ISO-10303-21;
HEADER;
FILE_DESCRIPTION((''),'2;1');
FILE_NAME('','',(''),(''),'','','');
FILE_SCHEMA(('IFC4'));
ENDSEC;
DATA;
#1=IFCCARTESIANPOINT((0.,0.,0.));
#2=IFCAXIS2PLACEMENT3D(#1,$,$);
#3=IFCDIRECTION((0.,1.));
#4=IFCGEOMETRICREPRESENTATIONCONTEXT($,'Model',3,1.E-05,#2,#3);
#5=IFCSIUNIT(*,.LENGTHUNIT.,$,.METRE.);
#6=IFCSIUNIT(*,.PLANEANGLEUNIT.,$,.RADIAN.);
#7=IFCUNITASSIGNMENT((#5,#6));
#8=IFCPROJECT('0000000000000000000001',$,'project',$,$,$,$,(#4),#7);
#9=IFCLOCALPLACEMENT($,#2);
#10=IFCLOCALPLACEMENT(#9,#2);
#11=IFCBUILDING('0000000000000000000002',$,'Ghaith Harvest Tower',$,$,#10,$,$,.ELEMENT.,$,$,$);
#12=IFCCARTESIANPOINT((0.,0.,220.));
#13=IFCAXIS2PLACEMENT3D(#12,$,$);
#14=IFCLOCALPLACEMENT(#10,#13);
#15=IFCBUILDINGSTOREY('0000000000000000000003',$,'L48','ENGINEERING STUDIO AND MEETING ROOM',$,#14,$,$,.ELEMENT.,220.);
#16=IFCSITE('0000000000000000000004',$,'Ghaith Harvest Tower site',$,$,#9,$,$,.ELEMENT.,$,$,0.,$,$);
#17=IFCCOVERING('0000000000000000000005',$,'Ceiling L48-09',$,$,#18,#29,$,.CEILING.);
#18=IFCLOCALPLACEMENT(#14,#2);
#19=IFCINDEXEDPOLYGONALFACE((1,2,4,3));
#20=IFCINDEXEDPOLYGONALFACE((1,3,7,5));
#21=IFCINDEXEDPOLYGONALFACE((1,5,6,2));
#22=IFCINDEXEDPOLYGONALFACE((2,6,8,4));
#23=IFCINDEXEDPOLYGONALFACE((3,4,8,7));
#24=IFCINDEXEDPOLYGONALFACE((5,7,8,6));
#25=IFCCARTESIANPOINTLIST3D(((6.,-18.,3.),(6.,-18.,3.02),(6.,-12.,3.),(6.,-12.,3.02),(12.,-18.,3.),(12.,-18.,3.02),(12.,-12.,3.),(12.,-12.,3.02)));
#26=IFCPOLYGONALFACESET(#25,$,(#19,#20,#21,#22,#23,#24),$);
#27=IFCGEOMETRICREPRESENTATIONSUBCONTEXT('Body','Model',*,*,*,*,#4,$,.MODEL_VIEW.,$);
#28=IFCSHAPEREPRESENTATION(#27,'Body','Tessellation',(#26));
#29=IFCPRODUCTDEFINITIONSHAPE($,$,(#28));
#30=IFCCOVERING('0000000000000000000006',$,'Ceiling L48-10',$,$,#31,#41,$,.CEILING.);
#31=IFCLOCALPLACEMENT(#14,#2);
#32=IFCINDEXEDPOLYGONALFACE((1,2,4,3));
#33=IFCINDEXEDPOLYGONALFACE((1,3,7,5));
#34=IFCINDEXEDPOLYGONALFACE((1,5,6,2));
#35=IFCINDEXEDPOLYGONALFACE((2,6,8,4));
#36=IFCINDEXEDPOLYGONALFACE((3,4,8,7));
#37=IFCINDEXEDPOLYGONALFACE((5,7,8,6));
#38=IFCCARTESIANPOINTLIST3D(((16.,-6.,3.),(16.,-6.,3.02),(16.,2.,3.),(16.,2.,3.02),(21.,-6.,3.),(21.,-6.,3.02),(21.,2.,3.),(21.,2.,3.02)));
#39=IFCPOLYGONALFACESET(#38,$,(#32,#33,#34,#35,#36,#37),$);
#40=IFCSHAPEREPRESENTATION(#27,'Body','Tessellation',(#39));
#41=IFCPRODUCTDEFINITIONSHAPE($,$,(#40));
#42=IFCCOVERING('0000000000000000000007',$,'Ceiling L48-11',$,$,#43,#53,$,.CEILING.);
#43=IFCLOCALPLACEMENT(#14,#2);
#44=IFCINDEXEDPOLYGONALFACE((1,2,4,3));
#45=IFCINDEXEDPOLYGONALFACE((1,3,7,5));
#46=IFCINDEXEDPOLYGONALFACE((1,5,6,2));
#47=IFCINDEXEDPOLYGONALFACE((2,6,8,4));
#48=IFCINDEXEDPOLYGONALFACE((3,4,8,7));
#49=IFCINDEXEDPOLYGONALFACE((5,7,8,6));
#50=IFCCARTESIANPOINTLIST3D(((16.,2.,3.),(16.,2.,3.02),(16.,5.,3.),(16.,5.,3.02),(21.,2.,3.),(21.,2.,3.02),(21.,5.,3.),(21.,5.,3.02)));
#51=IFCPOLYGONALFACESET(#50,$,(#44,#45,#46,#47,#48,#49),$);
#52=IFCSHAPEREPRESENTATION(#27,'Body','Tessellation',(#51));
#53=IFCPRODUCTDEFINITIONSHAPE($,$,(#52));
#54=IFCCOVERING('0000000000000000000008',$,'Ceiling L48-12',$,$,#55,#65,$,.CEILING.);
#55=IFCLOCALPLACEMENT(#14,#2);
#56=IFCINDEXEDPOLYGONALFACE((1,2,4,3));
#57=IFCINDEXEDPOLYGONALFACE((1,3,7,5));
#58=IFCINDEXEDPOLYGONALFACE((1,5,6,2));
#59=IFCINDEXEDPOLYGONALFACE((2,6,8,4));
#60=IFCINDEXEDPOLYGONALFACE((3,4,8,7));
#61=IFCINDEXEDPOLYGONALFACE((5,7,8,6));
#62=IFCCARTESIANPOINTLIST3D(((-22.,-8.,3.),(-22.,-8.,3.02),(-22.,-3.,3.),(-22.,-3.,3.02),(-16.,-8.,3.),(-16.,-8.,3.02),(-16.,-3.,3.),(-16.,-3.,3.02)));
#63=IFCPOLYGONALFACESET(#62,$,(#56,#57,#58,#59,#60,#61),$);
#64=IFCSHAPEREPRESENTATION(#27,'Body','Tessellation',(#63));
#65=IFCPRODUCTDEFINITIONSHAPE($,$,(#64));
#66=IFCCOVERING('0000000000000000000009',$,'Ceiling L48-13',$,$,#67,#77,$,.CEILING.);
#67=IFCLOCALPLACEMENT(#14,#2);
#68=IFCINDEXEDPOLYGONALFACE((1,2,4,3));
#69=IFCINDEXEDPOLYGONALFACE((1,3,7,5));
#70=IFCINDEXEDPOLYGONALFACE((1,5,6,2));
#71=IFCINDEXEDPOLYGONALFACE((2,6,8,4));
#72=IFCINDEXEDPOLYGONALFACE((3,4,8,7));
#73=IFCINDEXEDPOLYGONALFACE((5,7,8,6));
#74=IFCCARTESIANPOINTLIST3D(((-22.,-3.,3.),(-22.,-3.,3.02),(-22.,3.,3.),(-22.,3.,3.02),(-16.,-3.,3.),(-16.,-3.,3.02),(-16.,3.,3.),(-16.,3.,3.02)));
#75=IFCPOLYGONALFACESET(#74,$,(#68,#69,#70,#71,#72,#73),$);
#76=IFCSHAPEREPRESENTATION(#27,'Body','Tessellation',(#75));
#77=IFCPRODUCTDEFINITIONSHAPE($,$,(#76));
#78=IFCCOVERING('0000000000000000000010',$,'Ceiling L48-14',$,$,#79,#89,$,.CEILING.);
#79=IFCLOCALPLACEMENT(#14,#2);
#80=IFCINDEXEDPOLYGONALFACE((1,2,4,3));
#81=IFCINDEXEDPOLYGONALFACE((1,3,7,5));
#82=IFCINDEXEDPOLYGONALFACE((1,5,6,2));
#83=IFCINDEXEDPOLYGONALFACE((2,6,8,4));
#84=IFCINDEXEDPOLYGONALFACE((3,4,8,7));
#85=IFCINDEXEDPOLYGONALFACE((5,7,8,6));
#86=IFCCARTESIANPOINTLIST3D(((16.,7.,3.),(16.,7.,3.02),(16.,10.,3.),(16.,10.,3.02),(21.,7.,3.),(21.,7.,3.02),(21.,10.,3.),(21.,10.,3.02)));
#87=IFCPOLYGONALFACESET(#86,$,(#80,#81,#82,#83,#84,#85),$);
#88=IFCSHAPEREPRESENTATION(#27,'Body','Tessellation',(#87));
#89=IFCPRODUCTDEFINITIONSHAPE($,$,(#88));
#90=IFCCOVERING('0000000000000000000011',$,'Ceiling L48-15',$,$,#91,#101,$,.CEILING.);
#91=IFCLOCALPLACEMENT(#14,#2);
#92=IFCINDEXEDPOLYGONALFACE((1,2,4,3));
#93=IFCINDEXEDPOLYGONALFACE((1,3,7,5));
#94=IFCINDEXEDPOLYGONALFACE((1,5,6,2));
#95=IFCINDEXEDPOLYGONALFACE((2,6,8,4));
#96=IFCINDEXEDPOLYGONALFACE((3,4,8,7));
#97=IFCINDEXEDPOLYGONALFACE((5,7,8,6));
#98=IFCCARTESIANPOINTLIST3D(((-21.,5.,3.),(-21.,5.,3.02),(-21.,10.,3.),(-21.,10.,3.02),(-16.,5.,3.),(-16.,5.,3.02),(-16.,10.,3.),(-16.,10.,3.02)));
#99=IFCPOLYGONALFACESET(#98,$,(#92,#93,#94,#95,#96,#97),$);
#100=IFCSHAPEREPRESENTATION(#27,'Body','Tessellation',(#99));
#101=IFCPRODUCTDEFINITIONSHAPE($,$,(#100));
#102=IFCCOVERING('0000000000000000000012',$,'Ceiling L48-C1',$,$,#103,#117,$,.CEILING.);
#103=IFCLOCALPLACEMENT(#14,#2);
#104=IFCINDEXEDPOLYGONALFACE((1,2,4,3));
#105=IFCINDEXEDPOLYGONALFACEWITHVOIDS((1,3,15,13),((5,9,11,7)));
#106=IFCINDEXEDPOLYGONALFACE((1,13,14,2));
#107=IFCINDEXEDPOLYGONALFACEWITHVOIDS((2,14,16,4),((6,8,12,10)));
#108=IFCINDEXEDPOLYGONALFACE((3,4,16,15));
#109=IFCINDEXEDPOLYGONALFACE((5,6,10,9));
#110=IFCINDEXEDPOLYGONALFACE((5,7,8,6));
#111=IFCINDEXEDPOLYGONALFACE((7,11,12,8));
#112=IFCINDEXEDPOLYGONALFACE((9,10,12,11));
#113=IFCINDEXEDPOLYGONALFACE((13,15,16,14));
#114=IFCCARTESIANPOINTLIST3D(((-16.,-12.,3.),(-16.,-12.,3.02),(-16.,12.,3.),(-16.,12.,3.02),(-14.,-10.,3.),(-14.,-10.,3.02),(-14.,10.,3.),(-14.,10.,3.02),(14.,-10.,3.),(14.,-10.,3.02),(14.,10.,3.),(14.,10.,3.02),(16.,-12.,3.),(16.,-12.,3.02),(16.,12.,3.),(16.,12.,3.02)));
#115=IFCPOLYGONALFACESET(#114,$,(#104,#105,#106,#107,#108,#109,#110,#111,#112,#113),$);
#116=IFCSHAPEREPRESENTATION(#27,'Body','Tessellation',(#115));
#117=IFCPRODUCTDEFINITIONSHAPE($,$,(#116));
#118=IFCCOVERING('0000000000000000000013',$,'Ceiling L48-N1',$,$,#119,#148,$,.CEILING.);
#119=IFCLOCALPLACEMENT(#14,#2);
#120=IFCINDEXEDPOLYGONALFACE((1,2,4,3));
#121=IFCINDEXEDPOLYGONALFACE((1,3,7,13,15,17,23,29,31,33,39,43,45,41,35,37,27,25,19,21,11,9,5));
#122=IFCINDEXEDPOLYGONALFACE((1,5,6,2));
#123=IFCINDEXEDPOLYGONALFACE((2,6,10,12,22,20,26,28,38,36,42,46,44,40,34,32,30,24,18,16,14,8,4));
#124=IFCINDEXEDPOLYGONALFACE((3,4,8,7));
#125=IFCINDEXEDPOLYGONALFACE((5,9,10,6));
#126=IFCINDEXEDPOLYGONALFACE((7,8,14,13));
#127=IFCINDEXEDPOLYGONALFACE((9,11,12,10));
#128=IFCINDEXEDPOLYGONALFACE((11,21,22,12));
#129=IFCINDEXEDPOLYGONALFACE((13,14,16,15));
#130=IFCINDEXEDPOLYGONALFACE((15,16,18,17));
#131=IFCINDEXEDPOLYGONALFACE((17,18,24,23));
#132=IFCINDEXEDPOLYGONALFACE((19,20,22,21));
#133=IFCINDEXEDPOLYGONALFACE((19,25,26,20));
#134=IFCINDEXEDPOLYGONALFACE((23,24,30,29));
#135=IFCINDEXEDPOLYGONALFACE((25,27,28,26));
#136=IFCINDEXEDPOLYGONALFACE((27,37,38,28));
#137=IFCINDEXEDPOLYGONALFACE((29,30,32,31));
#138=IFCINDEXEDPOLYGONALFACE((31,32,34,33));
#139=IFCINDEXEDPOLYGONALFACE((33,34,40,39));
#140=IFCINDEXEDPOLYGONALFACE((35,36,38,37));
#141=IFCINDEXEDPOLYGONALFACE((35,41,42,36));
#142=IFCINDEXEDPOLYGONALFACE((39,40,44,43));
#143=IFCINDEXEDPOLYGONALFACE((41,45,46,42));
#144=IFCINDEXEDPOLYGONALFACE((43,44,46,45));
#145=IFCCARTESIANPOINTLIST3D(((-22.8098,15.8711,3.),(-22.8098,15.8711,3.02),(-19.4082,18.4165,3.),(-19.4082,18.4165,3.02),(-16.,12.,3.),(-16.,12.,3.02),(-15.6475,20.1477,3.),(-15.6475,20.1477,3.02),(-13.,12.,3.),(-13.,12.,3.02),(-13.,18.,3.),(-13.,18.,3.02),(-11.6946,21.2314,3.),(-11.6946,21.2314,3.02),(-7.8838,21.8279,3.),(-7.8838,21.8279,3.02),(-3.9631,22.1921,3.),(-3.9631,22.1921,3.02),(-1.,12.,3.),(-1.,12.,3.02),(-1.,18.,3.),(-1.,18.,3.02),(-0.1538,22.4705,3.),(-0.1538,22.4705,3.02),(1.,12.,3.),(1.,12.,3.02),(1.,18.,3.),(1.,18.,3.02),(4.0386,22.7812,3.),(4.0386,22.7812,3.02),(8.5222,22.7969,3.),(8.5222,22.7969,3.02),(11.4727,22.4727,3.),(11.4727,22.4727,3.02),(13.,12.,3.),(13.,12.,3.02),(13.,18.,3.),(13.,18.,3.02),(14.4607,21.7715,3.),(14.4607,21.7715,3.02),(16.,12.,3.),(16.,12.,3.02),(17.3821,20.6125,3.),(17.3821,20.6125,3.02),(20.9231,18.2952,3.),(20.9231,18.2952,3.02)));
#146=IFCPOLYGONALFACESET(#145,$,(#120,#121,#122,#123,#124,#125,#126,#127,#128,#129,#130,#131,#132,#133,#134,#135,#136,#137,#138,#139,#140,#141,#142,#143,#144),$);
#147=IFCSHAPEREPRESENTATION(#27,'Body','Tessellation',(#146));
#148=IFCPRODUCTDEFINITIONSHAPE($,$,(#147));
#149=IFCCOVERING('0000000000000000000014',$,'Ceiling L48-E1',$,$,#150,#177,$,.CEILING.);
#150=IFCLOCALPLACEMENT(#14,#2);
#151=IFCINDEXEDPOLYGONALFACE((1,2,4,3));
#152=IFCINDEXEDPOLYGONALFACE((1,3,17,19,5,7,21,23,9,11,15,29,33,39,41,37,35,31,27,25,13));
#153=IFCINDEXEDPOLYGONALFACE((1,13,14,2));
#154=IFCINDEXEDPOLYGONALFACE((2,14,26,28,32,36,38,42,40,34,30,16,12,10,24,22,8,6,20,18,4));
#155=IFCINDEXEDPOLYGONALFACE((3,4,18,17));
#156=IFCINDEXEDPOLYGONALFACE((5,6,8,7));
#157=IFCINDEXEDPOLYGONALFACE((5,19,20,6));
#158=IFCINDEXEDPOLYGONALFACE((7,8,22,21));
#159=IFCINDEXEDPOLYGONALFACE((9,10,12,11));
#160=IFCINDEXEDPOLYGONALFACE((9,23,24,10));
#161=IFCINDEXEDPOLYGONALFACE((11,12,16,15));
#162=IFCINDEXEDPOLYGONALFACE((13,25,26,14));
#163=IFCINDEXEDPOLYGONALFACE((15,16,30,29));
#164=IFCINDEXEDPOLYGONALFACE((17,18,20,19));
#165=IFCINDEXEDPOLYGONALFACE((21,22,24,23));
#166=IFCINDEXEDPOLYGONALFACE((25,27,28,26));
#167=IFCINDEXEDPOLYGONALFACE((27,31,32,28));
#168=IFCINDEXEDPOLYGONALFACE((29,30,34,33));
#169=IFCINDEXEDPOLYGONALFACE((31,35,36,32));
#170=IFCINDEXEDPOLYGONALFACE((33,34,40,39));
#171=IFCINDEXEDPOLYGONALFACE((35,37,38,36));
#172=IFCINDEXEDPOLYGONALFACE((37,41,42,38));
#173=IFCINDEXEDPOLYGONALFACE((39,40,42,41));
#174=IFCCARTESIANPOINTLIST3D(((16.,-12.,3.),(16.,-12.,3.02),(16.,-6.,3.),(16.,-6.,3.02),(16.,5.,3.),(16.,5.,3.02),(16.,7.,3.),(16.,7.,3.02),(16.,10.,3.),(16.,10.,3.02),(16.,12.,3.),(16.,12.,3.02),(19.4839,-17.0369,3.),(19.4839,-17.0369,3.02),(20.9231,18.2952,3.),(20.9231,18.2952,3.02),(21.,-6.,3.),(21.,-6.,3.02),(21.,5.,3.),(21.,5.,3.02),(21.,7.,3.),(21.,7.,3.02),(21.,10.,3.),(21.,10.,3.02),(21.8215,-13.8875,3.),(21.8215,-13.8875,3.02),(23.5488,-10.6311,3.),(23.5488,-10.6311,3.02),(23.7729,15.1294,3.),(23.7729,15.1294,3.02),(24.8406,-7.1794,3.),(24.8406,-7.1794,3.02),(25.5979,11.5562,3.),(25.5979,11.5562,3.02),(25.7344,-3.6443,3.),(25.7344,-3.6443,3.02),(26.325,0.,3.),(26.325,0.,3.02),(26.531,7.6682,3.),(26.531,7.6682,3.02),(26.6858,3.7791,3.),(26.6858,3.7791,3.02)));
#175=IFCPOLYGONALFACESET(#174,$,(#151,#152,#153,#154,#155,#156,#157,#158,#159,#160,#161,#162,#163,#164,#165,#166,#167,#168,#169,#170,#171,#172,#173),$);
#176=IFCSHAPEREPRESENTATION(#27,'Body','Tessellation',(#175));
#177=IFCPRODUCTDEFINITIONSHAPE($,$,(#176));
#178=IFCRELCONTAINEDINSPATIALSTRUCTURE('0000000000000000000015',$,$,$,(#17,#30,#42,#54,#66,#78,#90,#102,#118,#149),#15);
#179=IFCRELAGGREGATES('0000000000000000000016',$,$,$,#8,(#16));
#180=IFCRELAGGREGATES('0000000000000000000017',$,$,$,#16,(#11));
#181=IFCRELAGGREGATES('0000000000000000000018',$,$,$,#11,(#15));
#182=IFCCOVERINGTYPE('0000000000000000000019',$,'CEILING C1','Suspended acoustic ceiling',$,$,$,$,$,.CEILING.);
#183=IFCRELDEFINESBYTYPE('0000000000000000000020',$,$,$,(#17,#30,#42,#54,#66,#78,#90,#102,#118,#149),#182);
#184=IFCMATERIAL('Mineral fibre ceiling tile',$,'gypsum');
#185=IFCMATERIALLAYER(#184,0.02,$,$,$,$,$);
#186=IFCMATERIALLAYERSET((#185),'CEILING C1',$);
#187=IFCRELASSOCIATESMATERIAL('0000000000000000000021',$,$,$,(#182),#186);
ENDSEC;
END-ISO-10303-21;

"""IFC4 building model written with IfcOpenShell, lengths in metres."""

from ifc_helpers import new_model, si_unit, direction, frame, origin, place, context, subcontext, project, spatial, polyline, outline, extrude, material, layer, layer_set, type_object, element, save


model = new_model("IFC4")

# Units and contexts
model_context = context("Model", 3, precision=1e-05, world=origin(), true_north=direction((0.0, 1.0)))
body_context = subcontext(model_context, "Body", "Model", "MODEL_VIEW")
ifc_project = project(units=[si_unit("LENGTHUNIT", "METRE"), si_unit("PLANEANGLEUNIT", "RADIAN")], contexts=[model_context])

# Site, building, storey
site_placement = place(None, origin())
site = spatial("IfcSite", under=ifc_project, at=site_placement, Name="Ghaith Harvest Tower site", CompositionType="ELEMENT", RefElevation=0.0)
building_placement = place(site_placement, origin())
building = spatial("IfcBuilding", under=site, at=building_placement, Name="Ghaith Harvest Tower", CompositionType="ELEMENT")
storey_placement = place(building_placement, frame((0.0, 0.0, 220.0)))
storey = spatial("IfcBuildingStorey", under=building, at=storey_placement, Name="L48", Description="ENGINEERING STUDIO AND MEETING ROOM", CompositionType="ELEMENT", Elevation=220.0)

# Coverings
ifc_material_1 = material(Name="Mineral fibre ceiling tile", Category="gypsum")
ifc_layer_1 = layer(ifc_material_1, 0.02)
ifc_layer_set_1 = layer_set([ifc_layer_1], Name="CEILING C1")
covering_type = type_object("IfcCoveringType", Name="CEILING C1", Description="Suspended acoustic ceiling", PredefinedType="CEILING", material=ifc_layer_set_1)
covering_1_placement = place(storey_placement, frame((0.0, 0.0, 3.0)))
element("IfcCovering", 1, at=covering_1_placement, inside=storey, type_object=covering_type, Name="Ceiling L48-09", PredefinedType="CEILING", context=body_context, shape_type="SweptSolid", body=[
    extrude(outline(polyline([(6.0, -18.0), (12.0, -18.0), (12.0, -12.0), (6.0, -12.0), (6.0, -18.0)])), origin(), (0.0, 0.0, 1.0), 0.02),
])
covering_2_placement = place(storey_placement, frame((0.0, 0.0, 3.0)))
element("IfcCovering", 2, at=covering_2_placement, inside=storey, type_object=covering_type, Name="Ceiling L48-10", PredefinedType="CEILING", context=body_context, shape_type="SweptSolid", body=[
    extrude(outline(polyline([(16.0, -6.0), (21.0, -6.0), (21.0, 2.0), (16.0, 2.0), (16.0, -6.0)])), origin(), (0.0, 0.0, 1.0), 0.02),
])
covering_3_placement = place(storey_placement, frame((0.0, 0.0, 3.0)))
element("IfcCovering", 3, at=covering_3_placement, inside=storey, type_object=covering_type, Name="Ceiling L48-11", PredefinedType="CEILING", context=body_context, shape_type="SweptSolid", body=[
    extrude(outline(polyline([(16.0, 2.0), (21.0, 2.0), (21.0, 5.0), (16.0, 5.0), (16.0, 2.0)])), origin(), (0.0, 0.0, 1.0), 0.02),
])
covering_4_placement = place(storey_placement, frame((0.0, 0.0, 3.0)))
element("IfcCovering", 4, at=covering_4_placement, inside=storey, type_object=covering_type, Name="Ceiling L48-12", PredefinedType="CEILING", context=body_context, shape_type="SweptSolid", body=[
    extrude(outline(polyline([(-22.0, -8.0), (-16.0, -8.0), (-16.0, -3.0), (-22.0, -3.0), (-22.0, -8.0)])), origin(), (0.0, 0.0, 1.0), 0.02),
])
covering_5_placement = place(storey_placement, frame((0.0, 0.0, 3.0)))
element("IfcCovering", 5, at=covering_5_placement, inside=storey, type_object=covering_type, Name="Ceiling L48-13", PredefinedType="CEILING", context=body_context, shape_type="SweptSolid", body=[
    extrude(outline(polyline([(-22.0, -3.0), (-16.0, -3.0), (-16.0, 3.0), (-22.0, 3.0), (-22.0, -3.0)])), origin(), (0.0, 0.0, 1.0), 0.02),
])
covering_6_placement = place(storey_placement, frame((0.0, 0.0, 3.0)))
element("IfcCovering", 6, at=covering_6_placement, inside=storey, type_object=covering_type, Name="Ceiling L48-14", PredefinedType="CEILING", context=body_context, shape_type="SweptSolid", body=[
    extrude(outline(polyline([(16.0, 7.0), (21.0, 7.0), (21.0, 10.0), (16.0, 10.0), (16.0, 7.0)])), origin(), (0.0, 0.0, 1.0), 0.02),
])
covering_7_placement = place(storey_placement, frame((0.0, 0.0, 3.0)))
element("IfcCovering", 7, at=covering_7_placement, inside=storey, type_object=covering_type, Name="Ceiling L48-15", PredefinedType="CEILING", context=body_context, shape_type="SweptSolid", body=[
    extrude(outline(polyline([(-21.0, 5.0), (-16.0, 5.0), (-16.0, 10.0), (-21.0, 10.0), (-21.0, 5.0)])), origin(), (0.0, 0.0, 1.0), 0.02),
])
covering_8_placement = place(storey_placement, frame((0.0, 0.0, 3.0)))
element("IfcCovering", 8, at=covering_8_placement, inside=storey, type_object=covering_type, Name="Ceiling L48-C1", PredefinedType="CEILING", context=body_context, shape_type="SweptSolid", body=[
    extrude(outline(polyline([(-16.0, 12.0), (16.0, 12.0), (16.0, -12.0), (-16.0, -12.0), (-16.0, 12.0)]), holes=[polyline([(14.0, -10.0), (14.0, 10.0), (-14.0, 10.0), (-14.0, -10.0), (14.0, -10.0)])]), origin(), (0.0, 0.0, 1.0), 0.02),
])
covering_9_placement = place(storey_placement, frame((0.0, 0.0, 3.0)))
element("IfcCovering", 9, at=covering_9_placement, inside=storey, type_object=covering_type, Name="Ceiling L48-N1", PredefinedType="CEILING", context=body_context, shape_type="SweptSolid", body=[
    extrude(outline(polyline([(-19.4082, 18.4165), (-15.6475, 20.1477), (-11.6946, 21.2314), (-7.8838, 21.8279), (-3.9631, 22.1921), (-0.1538, 22.4705), (4.0386, 22.7812), (8.5222, 22.7969), (11.4727, 22.4727), (14.4607, 21.7715), (17.3821, 20.6125), (20.9231, 18.2952), (16.0, 12.0), (13.0, 12.0), (13.0, 18.0), (1.0, 18.0), (1.0, 12.0), (-1.0, 12.0), (-1.0, 18.0), (-13.0, 18.0), (-13.0, 12.0), (-16.0, 12.0), (-22.8098, 15.8711), (-19.4082, 18.4165)])), origin(), (0.0, 0.0, 1.0), 0.02),
])
covering_10_placement = place(storey_placement, frame((0.0, 0.0, 3.0)))
element("IfcCovering", 10, at=covering_10_placement, inside=storey, type_object=covering_type, Name="Ceiling L48-E1", PredefinedType="CEILING", context=body_context, shape_type="SweptSolid", body=[
    extrude(outline(polyline([(23.7729, 15.1294), (25.5979, 11.5562), (26.531, 7.6682), (26.6858, 3.7791), (26.325, 0.0), (25.7344, -3.6443), (24.8406, -7.1794), (23.5488, -10.6311), (21.8215, -13.8875), (19.4839, -17.0369), (16.0, -12.0), (16.0, -6.0), (21.0, -6.0), (21.0, 5.0), (16.0, 5.0), (16.0, 7.0), (21.0, 7.0), (21.0, 10.0), (16.0, 10.0), (16.0, 12.0), (20.9231, 18.2952), (23.7729, 15.1294)])), origin(), (0.0, 0.0, 1.0), 0.02),
])

save(model, "model.ifc")
